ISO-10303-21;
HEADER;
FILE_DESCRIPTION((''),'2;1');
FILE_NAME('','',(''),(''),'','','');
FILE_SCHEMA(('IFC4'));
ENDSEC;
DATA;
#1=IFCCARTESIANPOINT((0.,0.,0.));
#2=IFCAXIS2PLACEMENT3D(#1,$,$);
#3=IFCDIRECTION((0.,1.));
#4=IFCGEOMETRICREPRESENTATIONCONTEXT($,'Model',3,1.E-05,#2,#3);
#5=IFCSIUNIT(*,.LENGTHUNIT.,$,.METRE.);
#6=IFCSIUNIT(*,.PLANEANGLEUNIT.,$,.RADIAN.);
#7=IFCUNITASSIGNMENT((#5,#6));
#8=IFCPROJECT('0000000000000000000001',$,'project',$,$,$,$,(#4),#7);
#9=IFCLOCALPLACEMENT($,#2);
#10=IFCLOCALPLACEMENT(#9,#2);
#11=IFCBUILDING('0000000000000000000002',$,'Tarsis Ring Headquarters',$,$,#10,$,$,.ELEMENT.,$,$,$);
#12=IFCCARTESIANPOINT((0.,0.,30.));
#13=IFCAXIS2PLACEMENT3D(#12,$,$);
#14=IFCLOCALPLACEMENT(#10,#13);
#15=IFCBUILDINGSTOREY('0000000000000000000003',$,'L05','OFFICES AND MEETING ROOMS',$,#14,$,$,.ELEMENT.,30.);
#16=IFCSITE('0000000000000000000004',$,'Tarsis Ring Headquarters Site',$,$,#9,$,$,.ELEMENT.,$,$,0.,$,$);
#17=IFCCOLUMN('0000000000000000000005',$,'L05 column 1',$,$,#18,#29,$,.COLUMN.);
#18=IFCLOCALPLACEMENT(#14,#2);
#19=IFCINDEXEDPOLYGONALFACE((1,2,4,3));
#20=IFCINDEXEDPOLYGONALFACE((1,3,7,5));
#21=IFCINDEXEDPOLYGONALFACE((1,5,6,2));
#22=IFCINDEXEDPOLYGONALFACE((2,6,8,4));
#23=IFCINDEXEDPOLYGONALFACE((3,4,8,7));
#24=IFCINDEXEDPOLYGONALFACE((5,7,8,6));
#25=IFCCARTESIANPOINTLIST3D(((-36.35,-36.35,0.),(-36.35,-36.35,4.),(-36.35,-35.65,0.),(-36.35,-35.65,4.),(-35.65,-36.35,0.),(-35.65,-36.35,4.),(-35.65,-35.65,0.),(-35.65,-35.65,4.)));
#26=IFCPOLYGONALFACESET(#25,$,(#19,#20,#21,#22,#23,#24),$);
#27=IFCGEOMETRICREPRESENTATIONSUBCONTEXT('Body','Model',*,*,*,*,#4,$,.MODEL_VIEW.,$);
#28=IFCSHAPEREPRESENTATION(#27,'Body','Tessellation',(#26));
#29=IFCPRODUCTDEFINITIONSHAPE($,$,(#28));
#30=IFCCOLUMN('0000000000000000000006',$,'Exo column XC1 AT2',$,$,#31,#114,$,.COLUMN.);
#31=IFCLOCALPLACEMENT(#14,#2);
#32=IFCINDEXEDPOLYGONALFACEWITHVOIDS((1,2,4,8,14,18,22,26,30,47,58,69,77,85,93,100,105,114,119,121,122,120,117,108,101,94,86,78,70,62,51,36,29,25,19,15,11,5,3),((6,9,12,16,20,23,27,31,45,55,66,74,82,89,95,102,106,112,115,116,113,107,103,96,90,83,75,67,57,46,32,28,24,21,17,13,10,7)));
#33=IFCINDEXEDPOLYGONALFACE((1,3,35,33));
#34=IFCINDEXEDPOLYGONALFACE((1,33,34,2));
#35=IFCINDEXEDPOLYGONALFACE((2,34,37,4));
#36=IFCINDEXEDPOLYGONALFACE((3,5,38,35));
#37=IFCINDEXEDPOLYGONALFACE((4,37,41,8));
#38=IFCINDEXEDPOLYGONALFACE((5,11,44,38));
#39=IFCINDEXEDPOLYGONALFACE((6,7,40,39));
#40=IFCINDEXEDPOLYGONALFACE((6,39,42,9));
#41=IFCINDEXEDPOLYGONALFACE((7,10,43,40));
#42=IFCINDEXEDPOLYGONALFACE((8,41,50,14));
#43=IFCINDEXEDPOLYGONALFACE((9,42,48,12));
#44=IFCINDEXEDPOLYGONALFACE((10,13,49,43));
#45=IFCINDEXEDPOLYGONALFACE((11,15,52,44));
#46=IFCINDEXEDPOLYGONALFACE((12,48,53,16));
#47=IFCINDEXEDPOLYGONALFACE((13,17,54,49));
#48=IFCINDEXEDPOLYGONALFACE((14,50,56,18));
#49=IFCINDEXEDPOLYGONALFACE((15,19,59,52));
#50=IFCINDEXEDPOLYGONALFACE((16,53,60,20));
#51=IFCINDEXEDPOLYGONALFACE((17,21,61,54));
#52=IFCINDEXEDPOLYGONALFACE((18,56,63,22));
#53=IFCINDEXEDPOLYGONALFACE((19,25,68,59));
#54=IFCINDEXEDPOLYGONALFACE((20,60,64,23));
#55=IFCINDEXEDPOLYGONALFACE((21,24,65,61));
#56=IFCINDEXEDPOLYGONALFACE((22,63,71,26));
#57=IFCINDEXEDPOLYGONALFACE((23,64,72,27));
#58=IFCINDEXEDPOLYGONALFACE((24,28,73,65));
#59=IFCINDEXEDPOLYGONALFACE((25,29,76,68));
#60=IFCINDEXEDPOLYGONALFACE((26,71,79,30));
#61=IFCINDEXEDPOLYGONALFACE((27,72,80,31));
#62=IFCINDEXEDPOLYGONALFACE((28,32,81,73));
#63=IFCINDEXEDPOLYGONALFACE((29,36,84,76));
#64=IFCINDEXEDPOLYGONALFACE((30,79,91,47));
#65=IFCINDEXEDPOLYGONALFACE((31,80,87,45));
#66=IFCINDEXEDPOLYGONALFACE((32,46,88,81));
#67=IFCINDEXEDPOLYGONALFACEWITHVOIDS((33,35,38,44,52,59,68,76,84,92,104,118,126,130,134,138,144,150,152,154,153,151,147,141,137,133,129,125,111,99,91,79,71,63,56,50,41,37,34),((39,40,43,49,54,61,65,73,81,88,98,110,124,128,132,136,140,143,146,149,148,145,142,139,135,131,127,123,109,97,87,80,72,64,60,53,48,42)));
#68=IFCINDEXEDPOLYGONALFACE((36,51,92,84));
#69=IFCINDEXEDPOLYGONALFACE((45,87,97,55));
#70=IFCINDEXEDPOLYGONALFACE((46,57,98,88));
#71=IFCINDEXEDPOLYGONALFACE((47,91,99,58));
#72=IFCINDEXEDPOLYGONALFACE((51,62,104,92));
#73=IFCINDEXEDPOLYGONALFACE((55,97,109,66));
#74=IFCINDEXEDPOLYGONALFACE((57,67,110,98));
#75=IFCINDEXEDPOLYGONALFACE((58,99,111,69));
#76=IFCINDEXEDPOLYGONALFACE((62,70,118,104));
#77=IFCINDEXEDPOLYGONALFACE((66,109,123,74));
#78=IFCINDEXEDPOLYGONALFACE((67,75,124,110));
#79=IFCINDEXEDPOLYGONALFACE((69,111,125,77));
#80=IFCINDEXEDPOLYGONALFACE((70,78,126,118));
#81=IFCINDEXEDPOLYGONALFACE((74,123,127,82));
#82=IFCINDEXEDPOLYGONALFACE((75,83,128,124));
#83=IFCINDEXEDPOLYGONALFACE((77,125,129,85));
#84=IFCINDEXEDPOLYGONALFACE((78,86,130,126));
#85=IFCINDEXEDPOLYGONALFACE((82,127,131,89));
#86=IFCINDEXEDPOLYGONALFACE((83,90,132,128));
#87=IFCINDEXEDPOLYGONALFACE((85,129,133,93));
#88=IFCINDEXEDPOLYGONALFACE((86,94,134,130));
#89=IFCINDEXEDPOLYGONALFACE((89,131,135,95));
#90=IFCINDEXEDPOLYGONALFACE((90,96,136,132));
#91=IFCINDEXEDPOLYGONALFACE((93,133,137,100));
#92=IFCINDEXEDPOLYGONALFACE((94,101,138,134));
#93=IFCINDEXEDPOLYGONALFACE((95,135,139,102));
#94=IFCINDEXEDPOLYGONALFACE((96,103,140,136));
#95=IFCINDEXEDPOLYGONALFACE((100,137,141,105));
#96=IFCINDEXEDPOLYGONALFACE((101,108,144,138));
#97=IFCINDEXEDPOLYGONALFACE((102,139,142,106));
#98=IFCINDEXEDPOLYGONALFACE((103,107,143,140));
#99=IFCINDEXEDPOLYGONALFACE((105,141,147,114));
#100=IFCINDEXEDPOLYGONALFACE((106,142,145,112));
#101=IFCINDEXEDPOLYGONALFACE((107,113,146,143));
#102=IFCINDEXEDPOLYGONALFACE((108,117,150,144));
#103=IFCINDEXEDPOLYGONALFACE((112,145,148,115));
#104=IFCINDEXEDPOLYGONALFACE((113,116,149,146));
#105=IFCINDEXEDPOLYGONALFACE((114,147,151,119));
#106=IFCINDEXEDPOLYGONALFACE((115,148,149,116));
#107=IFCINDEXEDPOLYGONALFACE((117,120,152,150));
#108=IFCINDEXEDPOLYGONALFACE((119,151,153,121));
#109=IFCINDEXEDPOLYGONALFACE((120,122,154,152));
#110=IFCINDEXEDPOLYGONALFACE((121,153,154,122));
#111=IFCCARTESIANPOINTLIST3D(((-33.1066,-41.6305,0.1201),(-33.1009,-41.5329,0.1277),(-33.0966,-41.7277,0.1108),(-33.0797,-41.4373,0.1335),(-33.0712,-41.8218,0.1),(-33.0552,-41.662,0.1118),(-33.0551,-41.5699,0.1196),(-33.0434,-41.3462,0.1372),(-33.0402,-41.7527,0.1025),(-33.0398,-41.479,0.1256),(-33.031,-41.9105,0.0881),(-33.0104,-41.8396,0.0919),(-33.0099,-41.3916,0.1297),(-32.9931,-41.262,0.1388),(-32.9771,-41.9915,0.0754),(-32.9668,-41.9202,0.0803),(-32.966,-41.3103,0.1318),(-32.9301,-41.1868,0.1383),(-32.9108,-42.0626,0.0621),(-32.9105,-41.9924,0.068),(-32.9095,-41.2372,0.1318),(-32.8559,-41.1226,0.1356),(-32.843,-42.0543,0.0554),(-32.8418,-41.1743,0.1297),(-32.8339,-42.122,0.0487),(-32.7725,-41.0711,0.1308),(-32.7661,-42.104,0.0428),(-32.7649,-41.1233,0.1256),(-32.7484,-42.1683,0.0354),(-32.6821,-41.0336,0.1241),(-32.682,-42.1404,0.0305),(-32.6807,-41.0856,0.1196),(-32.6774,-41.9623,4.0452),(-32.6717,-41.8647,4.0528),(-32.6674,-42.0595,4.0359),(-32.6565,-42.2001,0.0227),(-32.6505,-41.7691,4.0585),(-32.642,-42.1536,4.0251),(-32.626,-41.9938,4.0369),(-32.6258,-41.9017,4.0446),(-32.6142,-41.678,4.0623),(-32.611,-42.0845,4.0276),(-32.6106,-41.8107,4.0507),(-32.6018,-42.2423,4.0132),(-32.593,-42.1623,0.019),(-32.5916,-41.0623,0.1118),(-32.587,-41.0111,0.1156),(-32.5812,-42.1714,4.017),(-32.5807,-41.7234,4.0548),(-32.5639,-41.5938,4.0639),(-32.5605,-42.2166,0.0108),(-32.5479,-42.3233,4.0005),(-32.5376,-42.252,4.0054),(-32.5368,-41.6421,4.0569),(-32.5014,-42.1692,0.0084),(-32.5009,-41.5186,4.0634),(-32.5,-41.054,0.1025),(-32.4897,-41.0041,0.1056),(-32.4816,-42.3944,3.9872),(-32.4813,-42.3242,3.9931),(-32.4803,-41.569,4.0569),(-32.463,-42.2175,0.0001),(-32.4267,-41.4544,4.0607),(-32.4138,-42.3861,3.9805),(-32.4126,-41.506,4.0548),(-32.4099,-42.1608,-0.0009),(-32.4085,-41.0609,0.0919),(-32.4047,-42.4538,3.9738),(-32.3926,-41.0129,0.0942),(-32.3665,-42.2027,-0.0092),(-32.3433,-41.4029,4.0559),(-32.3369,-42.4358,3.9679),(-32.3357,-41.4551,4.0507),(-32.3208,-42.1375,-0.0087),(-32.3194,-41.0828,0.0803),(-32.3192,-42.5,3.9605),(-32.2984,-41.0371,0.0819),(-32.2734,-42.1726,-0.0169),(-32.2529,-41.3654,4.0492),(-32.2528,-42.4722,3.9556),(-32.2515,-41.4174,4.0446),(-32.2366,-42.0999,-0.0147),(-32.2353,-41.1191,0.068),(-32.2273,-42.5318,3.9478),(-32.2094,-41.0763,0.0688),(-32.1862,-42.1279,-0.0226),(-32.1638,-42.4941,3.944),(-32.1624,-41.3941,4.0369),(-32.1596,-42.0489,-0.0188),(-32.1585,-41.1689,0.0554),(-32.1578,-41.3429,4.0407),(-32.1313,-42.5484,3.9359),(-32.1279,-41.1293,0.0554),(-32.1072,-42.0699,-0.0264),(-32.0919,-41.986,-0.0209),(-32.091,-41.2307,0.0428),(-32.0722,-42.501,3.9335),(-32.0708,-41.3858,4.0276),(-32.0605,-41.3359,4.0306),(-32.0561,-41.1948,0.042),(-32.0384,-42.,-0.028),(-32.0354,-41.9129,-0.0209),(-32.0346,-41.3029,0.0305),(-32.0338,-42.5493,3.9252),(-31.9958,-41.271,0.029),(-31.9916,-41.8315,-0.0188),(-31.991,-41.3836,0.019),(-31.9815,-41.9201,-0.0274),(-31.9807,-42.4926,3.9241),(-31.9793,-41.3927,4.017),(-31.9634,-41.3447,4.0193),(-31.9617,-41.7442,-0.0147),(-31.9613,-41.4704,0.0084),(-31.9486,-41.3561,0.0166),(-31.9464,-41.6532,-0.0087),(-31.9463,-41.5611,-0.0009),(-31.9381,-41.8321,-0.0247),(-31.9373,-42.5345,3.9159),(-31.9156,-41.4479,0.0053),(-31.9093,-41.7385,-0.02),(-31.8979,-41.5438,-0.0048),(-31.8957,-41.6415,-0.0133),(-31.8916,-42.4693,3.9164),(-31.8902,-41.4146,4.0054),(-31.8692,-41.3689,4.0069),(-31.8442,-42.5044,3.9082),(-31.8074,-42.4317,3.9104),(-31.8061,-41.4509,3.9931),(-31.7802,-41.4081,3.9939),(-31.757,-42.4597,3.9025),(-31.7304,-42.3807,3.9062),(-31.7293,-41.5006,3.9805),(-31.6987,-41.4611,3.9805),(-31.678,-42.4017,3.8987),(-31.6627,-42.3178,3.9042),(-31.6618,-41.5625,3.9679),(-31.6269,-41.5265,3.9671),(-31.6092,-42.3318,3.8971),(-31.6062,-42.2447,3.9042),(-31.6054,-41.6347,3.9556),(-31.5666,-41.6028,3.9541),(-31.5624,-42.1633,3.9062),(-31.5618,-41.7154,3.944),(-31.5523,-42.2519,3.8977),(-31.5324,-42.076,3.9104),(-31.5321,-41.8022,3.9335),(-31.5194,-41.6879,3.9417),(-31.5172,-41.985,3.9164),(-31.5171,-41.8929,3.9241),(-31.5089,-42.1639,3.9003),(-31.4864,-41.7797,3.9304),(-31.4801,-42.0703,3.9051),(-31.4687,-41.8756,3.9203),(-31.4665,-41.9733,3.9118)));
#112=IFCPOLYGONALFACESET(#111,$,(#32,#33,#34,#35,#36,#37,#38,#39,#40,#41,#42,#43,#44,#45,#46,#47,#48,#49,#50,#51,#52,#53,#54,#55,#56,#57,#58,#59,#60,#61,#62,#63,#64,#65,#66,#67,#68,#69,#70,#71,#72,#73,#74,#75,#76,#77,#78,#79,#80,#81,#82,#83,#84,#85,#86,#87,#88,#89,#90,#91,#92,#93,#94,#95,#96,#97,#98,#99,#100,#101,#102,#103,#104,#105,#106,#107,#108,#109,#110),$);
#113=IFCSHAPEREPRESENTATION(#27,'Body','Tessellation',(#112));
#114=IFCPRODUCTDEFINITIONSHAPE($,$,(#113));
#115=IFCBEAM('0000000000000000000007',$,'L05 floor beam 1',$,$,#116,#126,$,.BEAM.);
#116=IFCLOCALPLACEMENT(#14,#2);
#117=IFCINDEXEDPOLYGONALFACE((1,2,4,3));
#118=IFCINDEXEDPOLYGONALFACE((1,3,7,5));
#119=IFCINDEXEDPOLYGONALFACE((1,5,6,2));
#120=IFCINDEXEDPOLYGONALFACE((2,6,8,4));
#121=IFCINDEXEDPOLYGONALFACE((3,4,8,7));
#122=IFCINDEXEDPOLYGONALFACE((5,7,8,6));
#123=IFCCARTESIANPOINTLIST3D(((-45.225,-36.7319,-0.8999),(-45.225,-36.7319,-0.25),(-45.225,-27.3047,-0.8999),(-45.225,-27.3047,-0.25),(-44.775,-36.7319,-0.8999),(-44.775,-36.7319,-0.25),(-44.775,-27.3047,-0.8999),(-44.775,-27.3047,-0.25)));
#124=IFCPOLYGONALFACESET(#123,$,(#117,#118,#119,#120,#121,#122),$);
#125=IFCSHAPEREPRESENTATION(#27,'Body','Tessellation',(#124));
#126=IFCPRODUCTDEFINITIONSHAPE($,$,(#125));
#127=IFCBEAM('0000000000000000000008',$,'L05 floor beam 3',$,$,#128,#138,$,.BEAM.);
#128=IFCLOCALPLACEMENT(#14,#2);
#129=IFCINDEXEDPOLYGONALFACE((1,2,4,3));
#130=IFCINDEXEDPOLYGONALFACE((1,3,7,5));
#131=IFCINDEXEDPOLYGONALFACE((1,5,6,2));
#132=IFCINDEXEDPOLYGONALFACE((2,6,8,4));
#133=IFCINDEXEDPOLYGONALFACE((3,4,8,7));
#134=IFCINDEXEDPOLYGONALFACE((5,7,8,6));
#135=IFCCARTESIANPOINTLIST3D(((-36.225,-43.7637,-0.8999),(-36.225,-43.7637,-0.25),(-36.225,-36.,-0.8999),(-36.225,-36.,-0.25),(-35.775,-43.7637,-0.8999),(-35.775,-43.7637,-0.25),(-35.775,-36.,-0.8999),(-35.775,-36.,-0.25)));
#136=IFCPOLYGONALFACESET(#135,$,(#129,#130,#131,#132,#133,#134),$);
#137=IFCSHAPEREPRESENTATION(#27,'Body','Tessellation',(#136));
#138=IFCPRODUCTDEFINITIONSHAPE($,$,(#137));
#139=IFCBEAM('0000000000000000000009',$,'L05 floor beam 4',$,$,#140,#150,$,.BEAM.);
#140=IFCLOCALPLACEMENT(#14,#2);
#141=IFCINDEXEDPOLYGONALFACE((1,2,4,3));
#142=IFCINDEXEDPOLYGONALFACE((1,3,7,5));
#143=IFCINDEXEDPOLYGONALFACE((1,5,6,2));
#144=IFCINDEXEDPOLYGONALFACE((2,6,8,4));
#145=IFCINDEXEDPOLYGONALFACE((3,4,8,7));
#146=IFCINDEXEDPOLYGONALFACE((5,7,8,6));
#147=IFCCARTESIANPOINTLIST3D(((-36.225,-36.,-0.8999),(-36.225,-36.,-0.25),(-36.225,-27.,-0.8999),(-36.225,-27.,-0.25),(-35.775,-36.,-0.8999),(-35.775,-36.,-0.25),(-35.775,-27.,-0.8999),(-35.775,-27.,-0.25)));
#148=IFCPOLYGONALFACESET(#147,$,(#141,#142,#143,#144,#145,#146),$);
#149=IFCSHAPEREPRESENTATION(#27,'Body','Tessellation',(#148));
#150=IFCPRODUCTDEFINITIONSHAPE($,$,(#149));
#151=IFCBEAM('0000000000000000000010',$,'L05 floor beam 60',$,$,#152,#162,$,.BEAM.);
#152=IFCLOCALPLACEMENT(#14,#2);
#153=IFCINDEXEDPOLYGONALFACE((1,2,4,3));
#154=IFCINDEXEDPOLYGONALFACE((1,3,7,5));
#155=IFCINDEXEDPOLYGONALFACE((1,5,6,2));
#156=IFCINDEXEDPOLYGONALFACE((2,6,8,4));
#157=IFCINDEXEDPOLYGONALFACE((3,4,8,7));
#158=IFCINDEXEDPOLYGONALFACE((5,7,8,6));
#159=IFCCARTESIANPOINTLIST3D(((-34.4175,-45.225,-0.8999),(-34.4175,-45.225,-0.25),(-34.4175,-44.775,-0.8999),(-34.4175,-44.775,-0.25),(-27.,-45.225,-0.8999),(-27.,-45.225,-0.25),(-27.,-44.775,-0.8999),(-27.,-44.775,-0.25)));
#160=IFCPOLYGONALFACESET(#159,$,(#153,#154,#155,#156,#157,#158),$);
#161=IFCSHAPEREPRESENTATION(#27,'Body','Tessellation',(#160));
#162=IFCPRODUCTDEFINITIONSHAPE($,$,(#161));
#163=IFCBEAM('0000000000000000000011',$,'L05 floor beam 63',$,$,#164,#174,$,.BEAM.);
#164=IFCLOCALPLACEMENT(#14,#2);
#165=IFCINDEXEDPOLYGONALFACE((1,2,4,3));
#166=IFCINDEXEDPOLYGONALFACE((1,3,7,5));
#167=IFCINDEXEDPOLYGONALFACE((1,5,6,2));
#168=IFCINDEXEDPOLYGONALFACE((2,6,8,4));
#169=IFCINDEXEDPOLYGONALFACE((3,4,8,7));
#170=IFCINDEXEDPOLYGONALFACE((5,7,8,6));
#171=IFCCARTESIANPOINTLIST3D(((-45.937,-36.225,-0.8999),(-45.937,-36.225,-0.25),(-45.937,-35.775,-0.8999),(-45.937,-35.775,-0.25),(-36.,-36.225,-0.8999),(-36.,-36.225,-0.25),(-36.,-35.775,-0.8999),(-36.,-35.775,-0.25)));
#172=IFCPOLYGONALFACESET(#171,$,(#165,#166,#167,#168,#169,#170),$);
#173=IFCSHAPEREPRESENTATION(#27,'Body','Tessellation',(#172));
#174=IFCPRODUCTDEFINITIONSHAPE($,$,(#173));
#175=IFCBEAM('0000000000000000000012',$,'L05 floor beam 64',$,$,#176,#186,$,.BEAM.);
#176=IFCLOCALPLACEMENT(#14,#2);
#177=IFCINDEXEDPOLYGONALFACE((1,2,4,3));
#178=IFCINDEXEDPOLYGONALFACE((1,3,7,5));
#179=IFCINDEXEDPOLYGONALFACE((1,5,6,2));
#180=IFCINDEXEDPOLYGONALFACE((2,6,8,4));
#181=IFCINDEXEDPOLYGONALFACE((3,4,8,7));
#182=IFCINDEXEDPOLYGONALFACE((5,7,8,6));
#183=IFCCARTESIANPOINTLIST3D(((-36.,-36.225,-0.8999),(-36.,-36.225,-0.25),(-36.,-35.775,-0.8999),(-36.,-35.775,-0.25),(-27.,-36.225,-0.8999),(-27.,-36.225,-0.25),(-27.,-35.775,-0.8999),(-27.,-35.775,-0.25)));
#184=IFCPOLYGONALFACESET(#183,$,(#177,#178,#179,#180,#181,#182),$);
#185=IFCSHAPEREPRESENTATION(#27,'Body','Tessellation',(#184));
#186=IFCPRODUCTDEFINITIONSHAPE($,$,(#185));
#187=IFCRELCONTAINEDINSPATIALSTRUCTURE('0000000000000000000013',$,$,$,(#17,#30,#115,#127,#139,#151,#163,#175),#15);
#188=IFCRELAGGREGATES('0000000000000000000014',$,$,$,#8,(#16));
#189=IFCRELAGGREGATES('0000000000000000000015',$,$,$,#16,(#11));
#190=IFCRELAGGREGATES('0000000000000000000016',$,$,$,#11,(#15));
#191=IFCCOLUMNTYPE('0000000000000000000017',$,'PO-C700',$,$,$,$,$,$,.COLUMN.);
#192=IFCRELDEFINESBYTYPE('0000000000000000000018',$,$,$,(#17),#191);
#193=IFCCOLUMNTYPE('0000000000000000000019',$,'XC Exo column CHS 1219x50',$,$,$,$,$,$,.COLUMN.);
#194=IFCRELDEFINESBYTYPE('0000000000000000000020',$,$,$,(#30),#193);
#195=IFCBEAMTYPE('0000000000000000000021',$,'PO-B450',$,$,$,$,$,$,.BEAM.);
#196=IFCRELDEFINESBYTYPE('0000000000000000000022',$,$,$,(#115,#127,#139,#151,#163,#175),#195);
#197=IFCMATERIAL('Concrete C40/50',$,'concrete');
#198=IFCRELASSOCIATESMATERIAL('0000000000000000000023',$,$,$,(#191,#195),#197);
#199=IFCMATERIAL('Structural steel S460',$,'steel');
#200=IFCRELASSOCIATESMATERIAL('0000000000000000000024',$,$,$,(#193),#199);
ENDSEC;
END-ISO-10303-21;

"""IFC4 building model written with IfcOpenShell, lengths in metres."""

from ifc_helpers import new_model, si_unit, direction, frame, origin, origin_2d, place, context, subcontext, project, spatial, rectangle, hollow_circle, extrude, material, material_profile, profile_set, type_object, element, save


model = new_model("IFC4")

# Units and contexts
model_context = context("Model", 3, precision=1e-05, world=origin(), true_north=direction((0.0, 1.0)))
body_context = subcontext(model_context, "Body", "Model", "MODEL_VIEW")
ifc_project = project(units=[si_unit("LENGTHUNIT", "METRE"), si_unit("PLANEANGLEUNIT", "RADIAN")], contexts=[model_context])

# Site, building, storey
site_placement = place(None, origin())
site = spatial("IfcSite", under=ifc_project, at=site_placement, Name="Tarsis Ring Headquarters Site", CompositionType="ELEMENT", RefElevation=0.0)
building_placement = place(site_placement, origin())
building = spatial("IfcBuilding", under=site, at=building_placement, Name="Tarsis Ring Headquarters", CompositionType="ELEMENT")
storey_placement = place(building_placement, frame((0.0, 0.0, 30.0)))
storey = spatial("IfcBuildingStorey", under=building, at=storey_placement, Name="L05", Description="OFFICES AND MEETING ROOMS", CompositionType="ELEMENT", Elevation=30.0)

# Columns
ifc_material_1 = material(Name="Concrete C40/50", Category="concrete")
ifc_material_profile_1 = material_profile(ifc_material_1, rectangle(XDim=0.7, YDim=0.7, at=origin_2d()), Name="PO-C700")
ifc_profile_set_1 = profile_set([ifc_material_profile_1], Name="Concrete C40/50")
column_type_1 = type_object("IfcColumnType", Name="PO-C700", PredefinedType="COLUMN", material=ifc_profile_set_1)
column_1_placement = place(storey_placement, frame((-36.0, -36.0, 0.0), z_axis=(0.0, 0.0, 1.0), x_axis=(1.0, 0.0, 0.0)))
element("IfcColumn", 1, at=column_1_placement, inside=storey, type_object=column_type_1, Name="L05 column 1", PredefinedType="COLUMN", context=body_context, shape_type="SweptSolid", body=[
    extrude(rectangle(XDim=0.7, YDim=0.7, at=origin_2d()), origin(), (0.0, 0.0, 1.0), 4.0),
])
ifc_material_2 = material(Name="Structural steel S460", Category="steel")
ifc_material_profile_2 = material_profile(ifc_material_2, hollow_circle(Radius=0.6096, WallThickness=0.05, at=origin_2d()), Name="CHS 1219x50")
ifc_profile_set_2 = profile_set([ifc_material_profile_2], Name="Structural steel S460")
column_type_2 = type_object("IfcColumnType", Name="XC Exo column CHS 1219x50", PredefinedType="COLUMN", material=ifc_profile_set_2)
column_2_placement = place(storey_placement, frame((-32.5007, -41.6116, 0.0554), z_axis=(0.108319, -0.083735, 0.990583), x_axis=(0.611601, 0.791166, 0.0)))
element("IfcColumn", 2, at=column_2_placement, inside=storey, type_object=column_type_2, Name="Exo column XC1 AT2", PredefinedType="COLUMN", context=body_context, shape_type="SweptSolid", body=[
    extrude(hollow_circle(Radius=0.6096, WallThickness=0.05, at=origin_2d()), origin(), (0.0, 0.0, 1.0), 3.9624),
])

# Beams
ifc_material_profile_3 = material_profile(ifc_material_1, rectangle(XDim=0.45, YDim=0.6499, at=origin_2d()), Name="PO-B450")
ifc_profile_set_3 = profile_set([ifc_material_profile_3], Name="Concrete C40/50")
beam_type_1 = type_object("IfcBeamType", Name="PO-B450", PredefinedType="BEAM", material=ifc_profile_set_3)
beam_1_placement = place(storey_placement, frame((-45.0, -36.7319, -0.575), z_axis=(0.0, 1.0, 0.0), x_axis=(-1.0, 0.0, 0.0)))
element("IfcBeam", 3, at=beam_1_placement, inside=storey, type_object=beam_type_1, Name="L05 floor beam 1", PredefinedType="BEAM", context=body_context, shape_type="SweptSolid", body=[
    extrude(rectangle(XDim=0.45, YDim=0.6499, at=origin_2d()), origin(), (0.0, 0.0, 1.0), 9.4272),
])
beam_2_placement = place(storey_placement, frame((-36.0, -43.7637, -0.575), z_axis=(0.0, 1.0, 0.0), x_axis=(-1.0, 0.0, 0.0)))
element("IfcBeam", 4, at=beam_2_placement, inside=storey, type_object=beam_type_1, Name="L05 floor beam 3", PredefinedType="BEAM", context=body_context, shape_type="SweptSolid", body=[
    extrude(rectangle(XDim=0.45, YDim=0.6499, at=origin_2d()), origin(), (0.0, 0.0, 1.0), 7.7637),
])
beam_3_placement = place(storey_placement, frame((-36.0, -36.0, -0.575), z_axis=(0.0, 1.0, 0.0), x_axis=(-1.0, 0.0, 0.0)))
element("IfcBeam", 5, at=beam_3_placement, inside=storey, type_object=beam_type_1, Name="L05 floor beam 4", PredefinedType="BEAM", context=body_context, shape_type="SweptSolid", body=[
    extrude(rectangle(XDim=0.45, YDim=0.6499, at=origin_2d()), origin(), (0.0, 0.0, 1.0), 9.0),
])
beam_4_placement = place(storey_placement, frame((-34.4175, -45.0, -0.575), z_axis=(1.0, 0.0, 0.0), x_axis=(0.0, 1.0, 0.0)))
element("IfcBeam", 6, at=beam_4_placement, inside=storey, type_object=beam_type_1, Name="L05 floor beam 60", PredefinedType="BEAM", context=body_context, shape_type="SweptSolid", body=[
    extrude(rectangle(XDim=0.45, YDim=0.6499, at=origin_2d()), origin(), (0.0, 0.0, 1.0), 7.4175),
])
beam_5_placement = place(storey_placement, frame((-45.937, -36.0, -0.575), z_axis=(1.0, 0.0, 0.0), x_axis=(0.0, 1.0, 0.0)))
element("IfcBeam", 7, at=beam_5_placement, inside=storey, type_object=beam_type_1, Name="L05 floor beam 63", PredefinedType="BEAM", context=body_context, shape_type="SweptSolid", body=[
    extrude(rectangle(XDim=0.45, YDim=0.6499, at=origin_2d()), origin(), (0.0, 0.0, 1.0), 9.937),
])
beam_6_placement = place(storey_placement, frame((-36.0, -36.0, -0.575), z_axis=(1.0, 0.0, 0.0), x_axis=(0.0, 1.0, 0.0)))
element("IfcBeam", 8, at=beam_6_placement, inside=storey, type_object=beam_type_1, Name="L05 floor beam 64", PredefinedType="BEAM", context=body_context, shape_type="SweptSolid", body=[
    extrude(rectangle(XDim=0.45, YDim=0.6499, at=origin_2d()), origin(), (0.0, 0.0, 1.0), 9.0),
])

save(model, "model.ifc")
